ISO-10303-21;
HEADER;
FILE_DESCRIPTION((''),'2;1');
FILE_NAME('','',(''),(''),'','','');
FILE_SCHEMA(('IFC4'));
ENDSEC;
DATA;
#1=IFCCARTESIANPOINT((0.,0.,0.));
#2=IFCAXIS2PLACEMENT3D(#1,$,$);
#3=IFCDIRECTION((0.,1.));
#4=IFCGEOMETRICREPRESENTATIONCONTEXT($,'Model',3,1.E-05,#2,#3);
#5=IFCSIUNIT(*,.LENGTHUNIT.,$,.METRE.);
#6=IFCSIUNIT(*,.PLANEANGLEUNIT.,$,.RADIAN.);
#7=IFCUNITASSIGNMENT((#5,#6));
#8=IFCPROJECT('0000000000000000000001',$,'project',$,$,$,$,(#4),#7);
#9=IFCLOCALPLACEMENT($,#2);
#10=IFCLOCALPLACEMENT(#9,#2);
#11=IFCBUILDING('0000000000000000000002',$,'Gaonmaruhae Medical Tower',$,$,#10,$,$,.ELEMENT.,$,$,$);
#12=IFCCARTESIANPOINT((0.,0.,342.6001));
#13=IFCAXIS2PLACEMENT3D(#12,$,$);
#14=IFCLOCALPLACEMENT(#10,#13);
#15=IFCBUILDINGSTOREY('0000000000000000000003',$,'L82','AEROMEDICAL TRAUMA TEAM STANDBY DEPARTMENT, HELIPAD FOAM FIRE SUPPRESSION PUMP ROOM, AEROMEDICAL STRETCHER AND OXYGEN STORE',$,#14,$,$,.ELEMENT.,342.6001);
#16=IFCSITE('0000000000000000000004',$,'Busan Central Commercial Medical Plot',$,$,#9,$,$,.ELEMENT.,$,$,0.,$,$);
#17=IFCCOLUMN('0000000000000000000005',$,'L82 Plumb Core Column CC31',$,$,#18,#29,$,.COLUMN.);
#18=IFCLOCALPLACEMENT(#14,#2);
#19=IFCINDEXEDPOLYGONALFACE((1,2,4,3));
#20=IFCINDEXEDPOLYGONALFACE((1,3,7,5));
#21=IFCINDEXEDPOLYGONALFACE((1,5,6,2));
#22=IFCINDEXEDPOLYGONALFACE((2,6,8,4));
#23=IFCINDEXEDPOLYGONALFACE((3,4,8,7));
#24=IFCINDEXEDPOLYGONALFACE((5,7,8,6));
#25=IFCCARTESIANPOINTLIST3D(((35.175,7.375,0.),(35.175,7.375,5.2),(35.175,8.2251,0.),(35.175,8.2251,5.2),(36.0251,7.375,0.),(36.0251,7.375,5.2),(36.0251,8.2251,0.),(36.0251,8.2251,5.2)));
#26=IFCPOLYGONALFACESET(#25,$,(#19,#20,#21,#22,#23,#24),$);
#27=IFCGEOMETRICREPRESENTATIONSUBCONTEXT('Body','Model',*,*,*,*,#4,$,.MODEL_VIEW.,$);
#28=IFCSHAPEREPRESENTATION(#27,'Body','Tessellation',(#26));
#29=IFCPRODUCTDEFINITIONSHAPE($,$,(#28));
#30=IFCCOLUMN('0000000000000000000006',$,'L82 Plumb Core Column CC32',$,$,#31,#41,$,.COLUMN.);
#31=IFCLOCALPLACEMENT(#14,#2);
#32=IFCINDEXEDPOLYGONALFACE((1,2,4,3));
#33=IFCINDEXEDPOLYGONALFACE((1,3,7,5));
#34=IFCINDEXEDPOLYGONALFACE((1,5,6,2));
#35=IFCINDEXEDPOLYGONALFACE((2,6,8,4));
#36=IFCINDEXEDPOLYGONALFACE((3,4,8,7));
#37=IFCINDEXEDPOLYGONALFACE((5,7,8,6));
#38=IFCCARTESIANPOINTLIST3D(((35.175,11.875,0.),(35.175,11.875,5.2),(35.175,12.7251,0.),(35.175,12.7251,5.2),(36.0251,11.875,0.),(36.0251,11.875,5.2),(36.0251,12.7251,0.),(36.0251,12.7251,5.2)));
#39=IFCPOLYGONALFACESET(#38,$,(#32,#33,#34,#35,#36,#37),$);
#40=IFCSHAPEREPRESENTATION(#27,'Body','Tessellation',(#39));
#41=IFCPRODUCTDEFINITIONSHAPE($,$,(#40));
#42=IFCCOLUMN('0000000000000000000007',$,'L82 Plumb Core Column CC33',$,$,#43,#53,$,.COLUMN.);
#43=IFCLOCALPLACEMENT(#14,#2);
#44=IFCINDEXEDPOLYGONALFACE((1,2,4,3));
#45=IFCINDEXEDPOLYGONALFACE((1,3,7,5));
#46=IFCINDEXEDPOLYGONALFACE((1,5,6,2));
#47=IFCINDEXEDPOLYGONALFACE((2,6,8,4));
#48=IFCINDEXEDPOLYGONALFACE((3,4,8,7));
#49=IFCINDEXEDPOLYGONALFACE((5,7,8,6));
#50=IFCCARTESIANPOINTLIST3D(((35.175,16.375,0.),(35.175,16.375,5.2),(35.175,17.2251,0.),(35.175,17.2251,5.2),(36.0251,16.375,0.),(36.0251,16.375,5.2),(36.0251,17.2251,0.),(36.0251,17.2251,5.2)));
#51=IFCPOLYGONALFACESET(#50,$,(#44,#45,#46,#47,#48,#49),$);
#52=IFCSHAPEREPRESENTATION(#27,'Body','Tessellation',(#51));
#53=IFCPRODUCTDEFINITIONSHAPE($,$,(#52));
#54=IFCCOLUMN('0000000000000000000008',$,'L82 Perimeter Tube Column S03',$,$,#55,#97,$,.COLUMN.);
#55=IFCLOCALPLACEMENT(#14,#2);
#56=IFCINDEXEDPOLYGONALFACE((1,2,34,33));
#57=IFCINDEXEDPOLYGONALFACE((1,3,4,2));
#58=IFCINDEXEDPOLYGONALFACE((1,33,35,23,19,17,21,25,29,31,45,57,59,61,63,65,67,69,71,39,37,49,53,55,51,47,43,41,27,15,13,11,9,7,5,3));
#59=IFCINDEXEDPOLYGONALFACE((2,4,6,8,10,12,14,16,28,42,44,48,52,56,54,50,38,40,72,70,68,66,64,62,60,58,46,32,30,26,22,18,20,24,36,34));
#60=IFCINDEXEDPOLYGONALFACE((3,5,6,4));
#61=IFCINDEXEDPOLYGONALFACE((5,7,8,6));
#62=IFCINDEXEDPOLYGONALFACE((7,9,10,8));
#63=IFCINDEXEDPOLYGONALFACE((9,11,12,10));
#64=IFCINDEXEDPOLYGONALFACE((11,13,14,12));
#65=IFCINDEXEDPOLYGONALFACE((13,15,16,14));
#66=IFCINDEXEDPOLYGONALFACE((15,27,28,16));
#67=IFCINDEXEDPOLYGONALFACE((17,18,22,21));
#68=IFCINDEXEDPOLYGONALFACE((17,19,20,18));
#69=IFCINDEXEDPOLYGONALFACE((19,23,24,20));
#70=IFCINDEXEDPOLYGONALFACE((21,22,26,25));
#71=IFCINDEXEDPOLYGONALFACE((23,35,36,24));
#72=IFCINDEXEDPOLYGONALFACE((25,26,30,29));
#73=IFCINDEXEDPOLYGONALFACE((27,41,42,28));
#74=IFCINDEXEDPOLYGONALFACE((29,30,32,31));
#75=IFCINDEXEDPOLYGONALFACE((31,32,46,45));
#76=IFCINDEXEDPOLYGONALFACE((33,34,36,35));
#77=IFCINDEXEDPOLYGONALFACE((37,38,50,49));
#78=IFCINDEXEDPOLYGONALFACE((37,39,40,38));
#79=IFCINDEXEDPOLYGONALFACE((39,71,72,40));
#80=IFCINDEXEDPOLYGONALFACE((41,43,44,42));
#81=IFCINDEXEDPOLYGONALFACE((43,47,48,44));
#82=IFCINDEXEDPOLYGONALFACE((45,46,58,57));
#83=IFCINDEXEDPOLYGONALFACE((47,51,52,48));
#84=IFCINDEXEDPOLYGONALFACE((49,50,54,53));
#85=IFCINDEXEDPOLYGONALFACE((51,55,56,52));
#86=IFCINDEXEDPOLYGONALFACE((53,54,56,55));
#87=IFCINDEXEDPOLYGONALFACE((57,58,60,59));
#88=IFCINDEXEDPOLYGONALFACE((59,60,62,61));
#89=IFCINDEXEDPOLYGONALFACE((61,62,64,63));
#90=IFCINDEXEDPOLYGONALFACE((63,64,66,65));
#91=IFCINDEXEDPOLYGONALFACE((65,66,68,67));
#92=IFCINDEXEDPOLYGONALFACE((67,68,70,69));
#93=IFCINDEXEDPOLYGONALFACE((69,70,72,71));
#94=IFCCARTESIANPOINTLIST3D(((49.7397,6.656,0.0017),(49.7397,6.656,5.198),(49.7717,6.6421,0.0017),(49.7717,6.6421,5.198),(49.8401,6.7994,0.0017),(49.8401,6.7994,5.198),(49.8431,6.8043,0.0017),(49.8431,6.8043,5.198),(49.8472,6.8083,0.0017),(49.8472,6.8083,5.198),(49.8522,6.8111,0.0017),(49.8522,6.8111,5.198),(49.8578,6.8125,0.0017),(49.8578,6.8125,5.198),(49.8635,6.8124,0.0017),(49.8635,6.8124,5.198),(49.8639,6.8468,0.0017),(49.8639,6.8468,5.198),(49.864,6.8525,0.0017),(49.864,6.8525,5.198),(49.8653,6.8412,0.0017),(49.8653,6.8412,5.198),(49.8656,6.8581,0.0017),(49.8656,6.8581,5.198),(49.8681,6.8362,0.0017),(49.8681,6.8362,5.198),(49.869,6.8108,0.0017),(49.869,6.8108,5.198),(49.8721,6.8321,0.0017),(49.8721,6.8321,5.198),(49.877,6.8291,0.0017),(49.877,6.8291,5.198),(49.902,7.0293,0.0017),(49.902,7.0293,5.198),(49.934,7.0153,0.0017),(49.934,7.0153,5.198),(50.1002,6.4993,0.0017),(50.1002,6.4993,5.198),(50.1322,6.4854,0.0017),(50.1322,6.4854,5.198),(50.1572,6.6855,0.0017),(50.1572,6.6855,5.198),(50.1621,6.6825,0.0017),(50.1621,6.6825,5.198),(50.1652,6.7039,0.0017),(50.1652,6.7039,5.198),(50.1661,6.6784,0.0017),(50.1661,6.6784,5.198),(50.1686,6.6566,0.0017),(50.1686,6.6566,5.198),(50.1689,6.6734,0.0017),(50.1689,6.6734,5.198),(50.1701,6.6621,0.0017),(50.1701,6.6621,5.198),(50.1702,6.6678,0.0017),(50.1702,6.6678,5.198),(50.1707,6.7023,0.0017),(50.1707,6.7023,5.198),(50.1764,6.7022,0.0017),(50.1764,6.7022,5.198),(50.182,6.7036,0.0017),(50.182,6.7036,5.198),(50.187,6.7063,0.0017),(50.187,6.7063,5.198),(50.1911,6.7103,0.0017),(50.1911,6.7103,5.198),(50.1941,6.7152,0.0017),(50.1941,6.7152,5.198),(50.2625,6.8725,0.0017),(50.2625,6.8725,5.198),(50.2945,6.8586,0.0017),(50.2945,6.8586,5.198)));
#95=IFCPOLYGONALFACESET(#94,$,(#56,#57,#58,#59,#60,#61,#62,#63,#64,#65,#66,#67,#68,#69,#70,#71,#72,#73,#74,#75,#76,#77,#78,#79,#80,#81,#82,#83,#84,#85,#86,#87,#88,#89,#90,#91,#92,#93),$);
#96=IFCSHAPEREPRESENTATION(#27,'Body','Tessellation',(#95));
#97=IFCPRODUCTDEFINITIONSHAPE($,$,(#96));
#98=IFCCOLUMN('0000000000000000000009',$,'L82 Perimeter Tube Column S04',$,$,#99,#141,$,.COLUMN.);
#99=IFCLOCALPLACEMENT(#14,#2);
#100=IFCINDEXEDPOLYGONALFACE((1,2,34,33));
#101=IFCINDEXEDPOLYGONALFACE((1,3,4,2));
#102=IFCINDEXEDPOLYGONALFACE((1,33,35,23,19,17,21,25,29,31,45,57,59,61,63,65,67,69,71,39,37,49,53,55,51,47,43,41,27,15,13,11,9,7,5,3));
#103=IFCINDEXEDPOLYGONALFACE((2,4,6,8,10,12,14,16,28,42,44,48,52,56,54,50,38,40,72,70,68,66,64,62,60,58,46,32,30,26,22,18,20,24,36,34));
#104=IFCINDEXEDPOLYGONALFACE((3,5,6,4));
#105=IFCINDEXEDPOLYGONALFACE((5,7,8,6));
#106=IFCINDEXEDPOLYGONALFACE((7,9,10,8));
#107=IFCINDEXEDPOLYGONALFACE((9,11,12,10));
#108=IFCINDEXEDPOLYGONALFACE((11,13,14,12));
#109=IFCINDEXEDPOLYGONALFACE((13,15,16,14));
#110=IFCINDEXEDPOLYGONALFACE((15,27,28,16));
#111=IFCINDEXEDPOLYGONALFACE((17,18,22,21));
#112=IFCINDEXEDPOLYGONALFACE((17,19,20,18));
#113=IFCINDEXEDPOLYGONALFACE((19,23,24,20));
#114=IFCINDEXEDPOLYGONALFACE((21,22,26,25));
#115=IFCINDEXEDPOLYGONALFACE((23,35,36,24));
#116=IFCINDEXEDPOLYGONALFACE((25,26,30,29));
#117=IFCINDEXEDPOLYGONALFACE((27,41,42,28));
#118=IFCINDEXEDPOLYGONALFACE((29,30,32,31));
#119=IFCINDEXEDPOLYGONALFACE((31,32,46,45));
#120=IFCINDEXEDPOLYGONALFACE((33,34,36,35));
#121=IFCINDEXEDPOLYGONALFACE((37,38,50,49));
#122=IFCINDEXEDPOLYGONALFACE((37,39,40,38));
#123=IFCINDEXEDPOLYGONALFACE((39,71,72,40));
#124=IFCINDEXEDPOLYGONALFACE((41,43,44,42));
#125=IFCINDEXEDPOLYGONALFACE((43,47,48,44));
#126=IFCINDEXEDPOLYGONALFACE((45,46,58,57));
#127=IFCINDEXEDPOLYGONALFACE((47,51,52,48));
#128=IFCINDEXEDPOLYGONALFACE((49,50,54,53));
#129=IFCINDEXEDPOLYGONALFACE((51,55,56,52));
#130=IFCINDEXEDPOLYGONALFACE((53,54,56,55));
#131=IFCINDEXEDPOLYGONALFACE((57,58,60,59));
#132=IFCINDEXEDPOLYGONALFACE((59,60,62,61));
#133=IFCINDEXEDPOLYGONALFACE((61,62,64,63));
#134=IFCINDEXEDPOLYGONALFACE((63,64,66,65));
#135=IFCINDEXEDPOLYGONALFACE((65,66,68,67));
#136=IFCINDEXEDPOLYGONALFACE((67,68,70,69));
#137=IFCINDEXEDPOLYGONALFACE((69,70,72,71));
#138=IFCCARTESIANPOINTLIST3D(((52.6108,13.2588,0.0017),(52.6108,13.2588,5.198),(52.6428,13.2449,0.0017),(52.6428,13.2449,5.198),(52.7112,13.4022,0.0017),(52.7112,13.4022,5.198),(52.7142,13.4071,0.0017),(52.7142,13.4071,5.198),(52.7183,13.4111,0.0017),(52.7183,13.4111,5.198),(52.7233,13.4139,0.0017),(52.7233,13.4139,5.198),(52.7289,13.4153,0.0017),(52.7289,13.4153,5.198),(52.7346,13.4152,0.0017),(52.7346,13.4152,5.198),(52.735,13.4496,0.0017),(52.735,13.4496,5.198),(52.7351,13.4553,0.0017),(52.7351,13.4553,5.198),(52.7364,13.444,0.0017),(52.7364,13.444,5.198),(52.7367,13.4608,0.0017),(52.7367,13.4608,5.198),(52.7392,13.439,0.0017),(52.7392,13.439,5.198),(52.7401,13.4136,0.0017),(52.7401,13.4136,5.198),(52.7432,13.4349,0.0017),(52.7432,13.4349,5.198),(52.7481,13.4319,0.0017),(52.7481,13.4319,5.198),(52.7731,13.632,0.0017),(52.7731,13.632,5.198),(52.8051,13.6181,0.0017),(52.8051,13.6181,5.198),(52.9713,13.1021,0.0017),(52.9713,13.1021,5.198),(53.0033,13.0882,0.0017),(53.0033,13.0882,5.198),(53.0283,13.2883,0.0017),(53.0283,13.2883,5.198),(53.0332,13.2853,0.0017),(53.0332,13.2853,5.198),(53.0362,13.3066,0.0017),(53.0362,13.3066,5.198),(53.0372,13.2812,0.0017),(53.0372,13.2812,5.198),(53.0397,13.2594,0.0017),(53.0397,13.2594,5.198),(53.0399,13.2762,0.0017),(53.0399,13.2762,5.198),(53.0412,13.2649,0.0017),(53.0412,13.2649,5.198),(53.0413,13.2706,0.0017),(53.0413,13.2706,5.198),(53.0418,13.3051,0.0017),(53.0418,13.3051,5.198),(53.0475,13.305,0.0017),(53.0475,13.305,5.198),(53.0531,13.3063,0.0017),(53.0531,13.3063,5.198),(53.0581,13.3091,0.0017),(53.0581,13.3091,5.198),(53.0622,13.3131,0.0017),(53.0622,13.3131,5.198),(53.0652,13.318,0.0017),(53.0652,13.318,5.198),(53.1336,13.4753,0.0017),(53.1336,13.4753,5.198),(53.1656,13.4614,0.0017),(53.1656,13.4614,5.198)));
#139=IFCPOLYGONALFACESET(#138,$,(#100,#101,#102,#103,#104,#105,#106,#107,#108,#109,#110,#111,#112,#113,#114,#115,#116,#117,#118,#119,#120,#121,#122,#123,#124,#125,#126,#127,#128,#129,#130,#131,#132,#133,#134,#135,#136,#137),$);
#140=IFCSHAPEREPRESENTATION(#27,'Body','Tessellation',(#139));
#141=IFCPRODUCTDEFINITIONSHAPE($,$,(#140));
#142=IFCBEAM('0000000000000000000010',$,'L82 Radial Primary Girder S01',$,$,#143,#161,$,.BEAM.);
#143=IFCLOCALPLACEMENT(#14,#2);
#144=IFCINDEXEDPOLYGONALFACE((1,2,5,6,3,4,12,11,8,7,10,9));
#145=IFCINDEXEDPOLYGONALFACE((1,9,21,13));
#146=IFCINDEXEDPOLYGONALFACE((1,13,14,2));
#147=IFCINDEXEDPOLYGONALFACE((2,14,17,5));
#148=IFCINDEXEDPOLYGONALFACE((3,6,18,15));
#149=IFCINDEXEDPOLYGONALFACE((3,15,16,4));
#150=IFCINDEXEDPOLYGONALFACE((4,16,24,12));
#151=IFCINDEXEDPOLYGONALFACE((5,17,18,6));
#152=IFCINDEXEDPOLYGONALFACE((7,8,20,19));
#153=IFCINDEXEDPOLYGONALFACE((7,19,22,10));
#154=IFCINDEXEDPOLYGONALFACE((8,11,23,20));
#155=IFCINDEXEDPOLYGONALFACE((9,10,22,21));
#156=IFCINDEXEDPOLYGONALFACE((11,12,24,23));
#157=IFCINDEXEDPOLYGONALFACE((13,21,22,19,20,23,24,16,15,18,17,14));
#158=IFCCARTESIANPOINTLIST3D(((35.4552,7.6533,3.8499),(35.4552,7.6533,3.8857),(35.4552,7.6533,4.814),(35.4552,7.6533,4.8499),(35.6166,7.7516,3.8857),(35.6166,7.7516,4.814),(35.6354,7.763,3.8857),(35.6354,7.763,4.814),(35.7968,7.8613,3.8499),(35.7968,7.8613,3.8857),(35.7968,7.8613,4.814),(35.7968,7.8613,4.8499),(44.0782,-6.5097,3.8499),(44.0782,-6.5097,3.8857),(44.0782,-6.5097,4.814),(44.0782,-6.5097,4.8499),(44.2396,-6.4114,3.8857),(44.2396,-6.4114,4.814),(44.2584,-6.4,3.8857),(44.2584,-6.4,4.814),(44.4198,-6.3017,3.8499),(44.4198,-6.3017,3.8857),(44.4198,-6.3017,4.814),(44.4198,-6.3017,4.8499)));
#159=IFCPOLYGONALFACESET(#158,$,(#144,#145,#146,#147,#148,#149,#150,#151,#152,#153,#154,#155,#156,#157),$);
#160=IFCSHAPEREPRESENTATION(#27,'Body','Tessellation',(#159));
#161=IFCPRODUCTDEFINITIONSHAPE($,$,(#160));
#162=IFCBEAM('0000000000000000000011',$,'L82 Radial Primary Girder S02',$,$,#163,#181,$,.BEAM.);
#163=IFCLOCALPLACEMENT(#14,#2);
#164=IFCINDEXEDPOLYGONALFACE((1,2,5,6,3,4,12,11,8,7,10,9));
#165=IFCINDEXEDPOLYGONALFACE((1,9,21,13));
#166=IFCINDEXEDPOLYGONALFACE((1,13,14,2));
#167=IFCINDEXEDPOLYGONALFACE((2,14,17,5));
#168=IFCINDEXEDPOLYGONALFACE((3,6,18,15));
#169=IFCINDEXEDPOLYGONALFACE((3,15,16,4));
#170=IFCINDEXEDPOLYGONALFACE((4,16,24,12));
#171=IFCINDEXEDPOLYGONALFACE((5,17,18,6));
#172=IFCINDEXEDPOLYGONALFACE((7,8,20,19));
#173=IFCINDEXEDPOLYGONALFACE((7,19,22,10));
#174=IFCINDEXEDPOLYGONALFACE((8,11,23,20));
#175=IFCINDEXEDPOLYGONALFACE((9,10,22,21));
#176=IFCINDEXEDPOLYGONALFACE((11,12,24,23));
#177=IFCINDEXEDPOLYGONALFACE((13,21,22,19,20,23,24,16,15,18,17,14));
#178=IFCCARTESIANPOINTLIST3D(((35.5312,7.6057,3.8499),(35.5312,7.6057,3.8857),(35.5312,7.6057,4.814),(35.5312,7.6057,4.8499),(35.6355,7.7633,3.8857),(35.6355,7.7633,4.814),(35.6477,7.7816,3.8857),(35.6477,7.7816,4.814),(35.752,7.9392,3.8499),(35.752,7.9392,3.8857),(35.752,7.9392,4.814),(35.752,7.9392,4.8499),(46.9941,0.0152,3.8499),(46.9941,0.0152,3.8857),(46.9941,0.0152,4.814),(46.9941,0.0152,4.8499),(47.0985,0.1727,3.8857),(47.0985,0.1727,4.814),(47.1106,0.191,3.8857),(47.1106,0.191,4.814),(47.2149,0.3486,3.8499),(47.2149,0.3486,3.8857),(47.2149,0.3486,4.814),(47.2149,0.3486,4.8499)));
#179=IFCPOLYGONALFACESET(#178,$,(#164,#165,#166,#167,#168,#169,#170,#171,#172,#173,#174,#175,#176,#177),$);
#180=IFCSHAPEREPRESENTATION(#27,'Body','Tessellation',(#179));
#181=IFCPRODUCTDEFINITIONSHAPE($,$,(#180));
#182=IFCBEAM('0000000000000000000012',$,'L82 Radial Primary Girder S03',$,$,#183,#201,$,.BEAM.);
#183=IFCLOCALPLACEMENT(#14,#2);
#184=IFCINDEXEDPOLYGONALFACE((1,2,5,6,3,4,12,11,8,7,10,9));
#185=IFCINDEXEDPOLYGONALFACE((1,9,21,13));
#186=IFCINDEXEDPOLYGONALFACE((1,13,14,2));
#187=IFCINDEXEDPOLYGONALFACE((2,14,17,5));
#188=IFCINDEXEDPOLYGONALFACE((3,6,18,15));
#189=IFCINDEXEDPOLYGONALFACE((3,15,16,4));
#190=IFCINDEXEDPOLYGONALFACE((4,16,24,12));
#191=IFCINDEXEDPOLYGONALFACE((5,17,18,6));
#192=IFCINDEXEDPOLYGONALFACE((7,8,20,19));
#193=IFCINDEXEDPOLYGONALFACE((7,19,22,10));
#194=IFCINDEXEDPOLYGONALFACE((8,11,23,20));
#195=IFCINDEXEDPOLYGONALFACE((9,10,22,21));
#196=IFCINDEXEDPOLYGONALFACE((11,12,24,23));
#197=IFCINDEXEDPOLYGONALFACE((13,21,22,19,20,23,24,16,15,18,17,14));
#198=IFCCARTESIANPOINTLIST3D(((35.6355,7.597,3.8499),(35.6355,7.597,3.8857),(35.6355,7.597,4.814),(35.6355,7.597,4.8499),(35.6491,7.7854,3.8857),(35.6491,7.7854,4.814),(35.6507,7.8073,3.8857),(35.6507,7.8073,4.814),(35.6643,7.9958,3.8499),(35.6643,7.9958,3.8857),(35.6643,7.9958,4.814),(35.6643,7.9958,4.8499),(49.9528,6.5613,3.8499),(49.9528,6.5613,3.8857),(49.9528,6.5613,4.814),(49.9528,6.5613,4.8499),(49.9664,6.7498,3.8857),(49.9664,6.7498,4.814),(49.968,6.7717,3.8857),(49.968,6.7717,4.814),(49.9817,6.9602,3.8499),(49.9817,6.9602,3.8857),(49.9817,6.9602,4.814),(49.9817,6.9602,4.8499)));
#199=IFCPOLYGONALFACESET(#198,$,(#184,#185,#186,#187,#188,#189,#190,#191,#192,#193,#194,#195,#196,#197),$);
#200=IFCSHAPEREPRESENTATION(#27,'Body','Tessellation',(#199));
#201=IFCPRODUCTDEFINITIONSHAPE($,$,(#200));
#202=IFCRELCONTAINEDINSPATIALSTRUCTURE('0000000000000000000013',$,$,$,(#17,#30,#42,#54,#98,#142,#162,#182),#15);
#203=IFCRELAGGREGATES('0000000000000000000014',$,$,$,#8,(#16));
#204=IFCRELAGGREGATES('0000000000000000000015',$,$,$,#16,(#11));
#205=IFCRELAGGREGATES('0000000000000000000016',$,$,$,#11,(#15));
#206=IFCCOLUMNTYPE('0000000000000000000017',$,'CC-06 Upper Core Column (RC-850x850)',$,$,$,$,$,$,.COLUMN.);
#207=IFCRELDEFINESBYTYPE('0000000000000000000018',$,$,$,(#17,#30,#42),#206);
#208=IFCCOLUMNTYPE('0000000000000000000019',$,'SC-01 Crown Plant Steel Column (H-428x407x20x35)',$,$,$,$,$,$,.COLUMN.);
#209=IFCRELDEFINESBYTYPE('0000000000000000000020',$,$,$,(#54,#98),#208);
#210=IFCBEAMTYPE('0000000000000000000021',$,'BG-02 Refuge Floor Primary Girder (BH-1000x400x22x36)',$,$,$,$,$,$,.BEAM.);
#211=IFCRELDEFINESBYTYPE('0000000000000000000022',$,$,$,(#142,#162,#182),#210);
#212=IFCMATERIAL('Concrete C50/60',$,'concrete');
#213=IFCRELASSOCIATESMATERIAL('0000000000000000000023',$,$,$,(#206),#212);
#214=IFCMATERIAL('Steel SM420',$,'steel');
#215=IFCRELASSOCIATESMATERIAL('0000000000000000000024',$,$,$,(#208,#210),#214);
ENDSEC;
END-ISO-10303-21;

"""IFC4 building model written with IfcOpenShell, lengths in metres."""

from ifc_helpers import new_model, si_unit, direction, frame, origin, origin_2d, place, context, subcontext, project, spatial, rectangle, i_section, extrude, material, material_profile, profile_set, type_object, element, save


model = new_model("IFC4")

# Units and contexts
model_context = context("Model", 3, precision=1e-05, world=origin(), true_north=direction((0.0, 1.0)))
body_context = subcontext(model_context, "Body", "Model", "MODEL_VIEW")
ifc_project = project(units=[si_unit("LENGTHUNIT", "METRE"), si_unit("PLANEANGLEUNIT", "RADIAN")], contexts=[model_context])

# Site, building, storey
site_placement = place(None, origin())
site = spatial("IfcSite", under=ifc_project, at=site_placement, Name="Busan Central Commercial Medical Plot", CompositionType="ELEMENT", RefElevation=0.0)
building_placement = place(site_placement, origin())
building = spatial("IfcBuilding", under=site, at=building_placement, Name="Gaonmaruhae Medical Tower", CompositionType="ELEMENT")
storey_placement = place(building_placement, frame((0.0, 0.0, 342.6001)))
storey = spatial("IfcBuildingStorey", under=building, at=storey_placement, Name="L82", Description="AEROMEDICAL TRAUMA TEAM STANDBY DEPARTMENT, HELIPAD FOAM FIRE SUPPRESSION PUMP ROOM, AEROMEDICAL STRETCHER AND OXYGEN STORE", CompositionType="ELEMENT", Elevation=342.6001)

# Columns
ifc_material_1 = material(Name="Concrete C50/60", Category="concrete")
ifc_material_profile_1 = material_profile(ifc_material_1, rectangle(XDim=0.8501, YDim=0.8501, at=origin_2d()), Name="RC-850x850")
ifc_profile_set_1 = profile_set([ifc_material_profile_1], Name="Concrete C50/60")
column_type_1 = type_object("IfcColumnType", Name="CC-06 Upper Core Column (RC-850x850)", PredefinedType="COLUMN", material=ifc_profile_set_1)
for number, where, z_axis, x_axis, name in (
    (1, (35.6001, 7.8, 0.0), (0.0, 0.0, 1.0), (1.0, 0.0, 0.0), "L82 Plumb Core Column CC31"),
    (2, (35.6001, 12.3, 0.0), (0.0, 0.0, 1.0), (1.0, 0.0, 0.0), "L82 Plumb Core Column CC32"),
    (3, (35.6001, 16.8, 0.0), (0.0, 0.0, 1.0), (1.0, 0.0, 0.0), "L82 Plumb Core Column CC33"),
):
    element("IfcColumn", number, at=place(storey_placement, frame(where, z_axis=z_axis, x_axis=x_axis)), inside=storey, type_object=column_type_1, Name=name, PredefinedType="COLUMN", context=body_context, shape_type="SweptSolid", body=[
        extrude(rectangle(XDim=0.8501, YDim=0.8501, at=origin_2d()), origin(), (0.0, 0.0, 1.0), 5.2),
    ])
ifc_material_2 = material(Name="Steel SM420", Category="steel")
ifc_material_profile_2 = material_profile(ifc_material_2, i_section(OverallWidth=0.407, OverallDepth=0.428, WebThickness=0.02, FlangeThickness=0.0349, FilletRadius=0.022, at=origin_2d()), Name="H-428x407x20x35")
ifc_profile_set_2 = profile_set([ifc_material_profile_2], Name="Steel SM420")
column_type_2 = type_object("IfcColumnType", Name="SC-01 Crown Plant Steel Column (H-428x407x20x35)", PredefinedType="COLUMN", material=ifc_profile_set_2)
for number, where, z_axis, x_axis, name in (
    (4, (50.0171, 6.7573, 0.0017), (0.0, 0.0, 1.0), (0.398749, 0.91706, 0.0), "L82 Perimeter Tube Column S03"),
    (5, (52.8882, 13.3601, 0.0017), (0.0, 0.0, 1.0), (0.398749, 0.91706, 0.0), "L82 Perimeter Tube Column S04"),
):
    element("IfcColumn", number, at=place(storey_placement, frame(where, z_axis=z_axis, x_axis=x_axis)), inside=storey, type_object=column_type_2, Name=name, PredefinedType="COLUMN", context=body_context, shape_type="SweptSolid", body=[
        extrude(i_section(OverallWidth=0.407, OverallDepth=0.428, WebThickness=0.02, FlangeThickness=0.0349, FilletRadius=0.022, at=origin_2d()), origin(), (0.0, 0.0, 1.0), 5.1963),
    ])

# Beams
ifc_material_profile_3 = material_profile(ifc_material_2, i_section(OverallWidth=0.3999, OverallDepth=1.0, WebThickness=0.022, FlangeThickness=0.0359, at=origin_2d()), Name="BH-1000x400x22x36")
ifc_profile_set_3 = profile_set([ifc_material_profile_3], Name="Steel SM420")
beam_type_1 = type_object("IfcBeamType", Name="BG-02 Refuge Floor Primary Girder (BH-1000x400x22x36)", PredefinedType="BEAM", material=ifc_profile_set_3)
beam_1_placement = place(storey_placement, frame((35.626, 7.7573, 4.3499), z_axis=(0.520037, -0.854144, 0.0), x_axis=(0.854144, 0.520037, 0.0)))
element("IfcBeam", 6, at=beam_1_placement, inside=storey, type_object=beam_type_1, Name="L82 Radial Primary Girder S01", PredefinedType="BEAM", context=body_context, shape_type="SweptSolid", body=[
    extrude(i_section(OverallWidth=0.3999, OverallDepth=1.0, WebThickness=0.022, FlangeThickness=0.0359, at=origin_2d()), origin(), (0.0, 0.0, 1.0), 16.5815),
])
beam_2_placement = place(storey_placement, frame((35.6416, 7.7725, 4.3499), z_axis=(0.83377, -0.552112, 0.0), x_axis=(0.552112, 0.83377, 0.0)))
element("IfcBeam", 7, at=beam_2_placement, inside=storey, type_object=beam_type_1, Name="L82 Radial Primary Girder S02", PredefinedType="BEAM", context=body_context, shape_type="SweptSolid", body=[
    extrude(i_section(OverallWidth=0.3999, OverallDepth=1.0, WebThickness=0.022, FlangeThickness=0.0359, at=origin_2d()), origin(), (0.0, 0.0, 1.0), 13.7483),
])
beam_3_placement = place(storey_placement, frame((35.6499, 7.7964, 4.3499), z_axis=(0.997394, -0.072146, 0.0), x_axis=(0.072146, 0.997394, 0.0)))
element("IfcBeam", 8, at=beam_3_placement, inside=storey, type_object=beam_type_1, Name="L82 Radial Primary Girder S03", PredefinedType="BEAM", context=body_context, shape_type="SweptSolid", body=[
    extrude(i_section(OverallWidth=0.3999, OverallDepth=1.0, WebThickness=0.022, FlangeThickness=0.0359, at=origin_2d()), origin(), (0.0, 0.0, 1.0), 14.3547),
])

save(model, "model.ifc")
